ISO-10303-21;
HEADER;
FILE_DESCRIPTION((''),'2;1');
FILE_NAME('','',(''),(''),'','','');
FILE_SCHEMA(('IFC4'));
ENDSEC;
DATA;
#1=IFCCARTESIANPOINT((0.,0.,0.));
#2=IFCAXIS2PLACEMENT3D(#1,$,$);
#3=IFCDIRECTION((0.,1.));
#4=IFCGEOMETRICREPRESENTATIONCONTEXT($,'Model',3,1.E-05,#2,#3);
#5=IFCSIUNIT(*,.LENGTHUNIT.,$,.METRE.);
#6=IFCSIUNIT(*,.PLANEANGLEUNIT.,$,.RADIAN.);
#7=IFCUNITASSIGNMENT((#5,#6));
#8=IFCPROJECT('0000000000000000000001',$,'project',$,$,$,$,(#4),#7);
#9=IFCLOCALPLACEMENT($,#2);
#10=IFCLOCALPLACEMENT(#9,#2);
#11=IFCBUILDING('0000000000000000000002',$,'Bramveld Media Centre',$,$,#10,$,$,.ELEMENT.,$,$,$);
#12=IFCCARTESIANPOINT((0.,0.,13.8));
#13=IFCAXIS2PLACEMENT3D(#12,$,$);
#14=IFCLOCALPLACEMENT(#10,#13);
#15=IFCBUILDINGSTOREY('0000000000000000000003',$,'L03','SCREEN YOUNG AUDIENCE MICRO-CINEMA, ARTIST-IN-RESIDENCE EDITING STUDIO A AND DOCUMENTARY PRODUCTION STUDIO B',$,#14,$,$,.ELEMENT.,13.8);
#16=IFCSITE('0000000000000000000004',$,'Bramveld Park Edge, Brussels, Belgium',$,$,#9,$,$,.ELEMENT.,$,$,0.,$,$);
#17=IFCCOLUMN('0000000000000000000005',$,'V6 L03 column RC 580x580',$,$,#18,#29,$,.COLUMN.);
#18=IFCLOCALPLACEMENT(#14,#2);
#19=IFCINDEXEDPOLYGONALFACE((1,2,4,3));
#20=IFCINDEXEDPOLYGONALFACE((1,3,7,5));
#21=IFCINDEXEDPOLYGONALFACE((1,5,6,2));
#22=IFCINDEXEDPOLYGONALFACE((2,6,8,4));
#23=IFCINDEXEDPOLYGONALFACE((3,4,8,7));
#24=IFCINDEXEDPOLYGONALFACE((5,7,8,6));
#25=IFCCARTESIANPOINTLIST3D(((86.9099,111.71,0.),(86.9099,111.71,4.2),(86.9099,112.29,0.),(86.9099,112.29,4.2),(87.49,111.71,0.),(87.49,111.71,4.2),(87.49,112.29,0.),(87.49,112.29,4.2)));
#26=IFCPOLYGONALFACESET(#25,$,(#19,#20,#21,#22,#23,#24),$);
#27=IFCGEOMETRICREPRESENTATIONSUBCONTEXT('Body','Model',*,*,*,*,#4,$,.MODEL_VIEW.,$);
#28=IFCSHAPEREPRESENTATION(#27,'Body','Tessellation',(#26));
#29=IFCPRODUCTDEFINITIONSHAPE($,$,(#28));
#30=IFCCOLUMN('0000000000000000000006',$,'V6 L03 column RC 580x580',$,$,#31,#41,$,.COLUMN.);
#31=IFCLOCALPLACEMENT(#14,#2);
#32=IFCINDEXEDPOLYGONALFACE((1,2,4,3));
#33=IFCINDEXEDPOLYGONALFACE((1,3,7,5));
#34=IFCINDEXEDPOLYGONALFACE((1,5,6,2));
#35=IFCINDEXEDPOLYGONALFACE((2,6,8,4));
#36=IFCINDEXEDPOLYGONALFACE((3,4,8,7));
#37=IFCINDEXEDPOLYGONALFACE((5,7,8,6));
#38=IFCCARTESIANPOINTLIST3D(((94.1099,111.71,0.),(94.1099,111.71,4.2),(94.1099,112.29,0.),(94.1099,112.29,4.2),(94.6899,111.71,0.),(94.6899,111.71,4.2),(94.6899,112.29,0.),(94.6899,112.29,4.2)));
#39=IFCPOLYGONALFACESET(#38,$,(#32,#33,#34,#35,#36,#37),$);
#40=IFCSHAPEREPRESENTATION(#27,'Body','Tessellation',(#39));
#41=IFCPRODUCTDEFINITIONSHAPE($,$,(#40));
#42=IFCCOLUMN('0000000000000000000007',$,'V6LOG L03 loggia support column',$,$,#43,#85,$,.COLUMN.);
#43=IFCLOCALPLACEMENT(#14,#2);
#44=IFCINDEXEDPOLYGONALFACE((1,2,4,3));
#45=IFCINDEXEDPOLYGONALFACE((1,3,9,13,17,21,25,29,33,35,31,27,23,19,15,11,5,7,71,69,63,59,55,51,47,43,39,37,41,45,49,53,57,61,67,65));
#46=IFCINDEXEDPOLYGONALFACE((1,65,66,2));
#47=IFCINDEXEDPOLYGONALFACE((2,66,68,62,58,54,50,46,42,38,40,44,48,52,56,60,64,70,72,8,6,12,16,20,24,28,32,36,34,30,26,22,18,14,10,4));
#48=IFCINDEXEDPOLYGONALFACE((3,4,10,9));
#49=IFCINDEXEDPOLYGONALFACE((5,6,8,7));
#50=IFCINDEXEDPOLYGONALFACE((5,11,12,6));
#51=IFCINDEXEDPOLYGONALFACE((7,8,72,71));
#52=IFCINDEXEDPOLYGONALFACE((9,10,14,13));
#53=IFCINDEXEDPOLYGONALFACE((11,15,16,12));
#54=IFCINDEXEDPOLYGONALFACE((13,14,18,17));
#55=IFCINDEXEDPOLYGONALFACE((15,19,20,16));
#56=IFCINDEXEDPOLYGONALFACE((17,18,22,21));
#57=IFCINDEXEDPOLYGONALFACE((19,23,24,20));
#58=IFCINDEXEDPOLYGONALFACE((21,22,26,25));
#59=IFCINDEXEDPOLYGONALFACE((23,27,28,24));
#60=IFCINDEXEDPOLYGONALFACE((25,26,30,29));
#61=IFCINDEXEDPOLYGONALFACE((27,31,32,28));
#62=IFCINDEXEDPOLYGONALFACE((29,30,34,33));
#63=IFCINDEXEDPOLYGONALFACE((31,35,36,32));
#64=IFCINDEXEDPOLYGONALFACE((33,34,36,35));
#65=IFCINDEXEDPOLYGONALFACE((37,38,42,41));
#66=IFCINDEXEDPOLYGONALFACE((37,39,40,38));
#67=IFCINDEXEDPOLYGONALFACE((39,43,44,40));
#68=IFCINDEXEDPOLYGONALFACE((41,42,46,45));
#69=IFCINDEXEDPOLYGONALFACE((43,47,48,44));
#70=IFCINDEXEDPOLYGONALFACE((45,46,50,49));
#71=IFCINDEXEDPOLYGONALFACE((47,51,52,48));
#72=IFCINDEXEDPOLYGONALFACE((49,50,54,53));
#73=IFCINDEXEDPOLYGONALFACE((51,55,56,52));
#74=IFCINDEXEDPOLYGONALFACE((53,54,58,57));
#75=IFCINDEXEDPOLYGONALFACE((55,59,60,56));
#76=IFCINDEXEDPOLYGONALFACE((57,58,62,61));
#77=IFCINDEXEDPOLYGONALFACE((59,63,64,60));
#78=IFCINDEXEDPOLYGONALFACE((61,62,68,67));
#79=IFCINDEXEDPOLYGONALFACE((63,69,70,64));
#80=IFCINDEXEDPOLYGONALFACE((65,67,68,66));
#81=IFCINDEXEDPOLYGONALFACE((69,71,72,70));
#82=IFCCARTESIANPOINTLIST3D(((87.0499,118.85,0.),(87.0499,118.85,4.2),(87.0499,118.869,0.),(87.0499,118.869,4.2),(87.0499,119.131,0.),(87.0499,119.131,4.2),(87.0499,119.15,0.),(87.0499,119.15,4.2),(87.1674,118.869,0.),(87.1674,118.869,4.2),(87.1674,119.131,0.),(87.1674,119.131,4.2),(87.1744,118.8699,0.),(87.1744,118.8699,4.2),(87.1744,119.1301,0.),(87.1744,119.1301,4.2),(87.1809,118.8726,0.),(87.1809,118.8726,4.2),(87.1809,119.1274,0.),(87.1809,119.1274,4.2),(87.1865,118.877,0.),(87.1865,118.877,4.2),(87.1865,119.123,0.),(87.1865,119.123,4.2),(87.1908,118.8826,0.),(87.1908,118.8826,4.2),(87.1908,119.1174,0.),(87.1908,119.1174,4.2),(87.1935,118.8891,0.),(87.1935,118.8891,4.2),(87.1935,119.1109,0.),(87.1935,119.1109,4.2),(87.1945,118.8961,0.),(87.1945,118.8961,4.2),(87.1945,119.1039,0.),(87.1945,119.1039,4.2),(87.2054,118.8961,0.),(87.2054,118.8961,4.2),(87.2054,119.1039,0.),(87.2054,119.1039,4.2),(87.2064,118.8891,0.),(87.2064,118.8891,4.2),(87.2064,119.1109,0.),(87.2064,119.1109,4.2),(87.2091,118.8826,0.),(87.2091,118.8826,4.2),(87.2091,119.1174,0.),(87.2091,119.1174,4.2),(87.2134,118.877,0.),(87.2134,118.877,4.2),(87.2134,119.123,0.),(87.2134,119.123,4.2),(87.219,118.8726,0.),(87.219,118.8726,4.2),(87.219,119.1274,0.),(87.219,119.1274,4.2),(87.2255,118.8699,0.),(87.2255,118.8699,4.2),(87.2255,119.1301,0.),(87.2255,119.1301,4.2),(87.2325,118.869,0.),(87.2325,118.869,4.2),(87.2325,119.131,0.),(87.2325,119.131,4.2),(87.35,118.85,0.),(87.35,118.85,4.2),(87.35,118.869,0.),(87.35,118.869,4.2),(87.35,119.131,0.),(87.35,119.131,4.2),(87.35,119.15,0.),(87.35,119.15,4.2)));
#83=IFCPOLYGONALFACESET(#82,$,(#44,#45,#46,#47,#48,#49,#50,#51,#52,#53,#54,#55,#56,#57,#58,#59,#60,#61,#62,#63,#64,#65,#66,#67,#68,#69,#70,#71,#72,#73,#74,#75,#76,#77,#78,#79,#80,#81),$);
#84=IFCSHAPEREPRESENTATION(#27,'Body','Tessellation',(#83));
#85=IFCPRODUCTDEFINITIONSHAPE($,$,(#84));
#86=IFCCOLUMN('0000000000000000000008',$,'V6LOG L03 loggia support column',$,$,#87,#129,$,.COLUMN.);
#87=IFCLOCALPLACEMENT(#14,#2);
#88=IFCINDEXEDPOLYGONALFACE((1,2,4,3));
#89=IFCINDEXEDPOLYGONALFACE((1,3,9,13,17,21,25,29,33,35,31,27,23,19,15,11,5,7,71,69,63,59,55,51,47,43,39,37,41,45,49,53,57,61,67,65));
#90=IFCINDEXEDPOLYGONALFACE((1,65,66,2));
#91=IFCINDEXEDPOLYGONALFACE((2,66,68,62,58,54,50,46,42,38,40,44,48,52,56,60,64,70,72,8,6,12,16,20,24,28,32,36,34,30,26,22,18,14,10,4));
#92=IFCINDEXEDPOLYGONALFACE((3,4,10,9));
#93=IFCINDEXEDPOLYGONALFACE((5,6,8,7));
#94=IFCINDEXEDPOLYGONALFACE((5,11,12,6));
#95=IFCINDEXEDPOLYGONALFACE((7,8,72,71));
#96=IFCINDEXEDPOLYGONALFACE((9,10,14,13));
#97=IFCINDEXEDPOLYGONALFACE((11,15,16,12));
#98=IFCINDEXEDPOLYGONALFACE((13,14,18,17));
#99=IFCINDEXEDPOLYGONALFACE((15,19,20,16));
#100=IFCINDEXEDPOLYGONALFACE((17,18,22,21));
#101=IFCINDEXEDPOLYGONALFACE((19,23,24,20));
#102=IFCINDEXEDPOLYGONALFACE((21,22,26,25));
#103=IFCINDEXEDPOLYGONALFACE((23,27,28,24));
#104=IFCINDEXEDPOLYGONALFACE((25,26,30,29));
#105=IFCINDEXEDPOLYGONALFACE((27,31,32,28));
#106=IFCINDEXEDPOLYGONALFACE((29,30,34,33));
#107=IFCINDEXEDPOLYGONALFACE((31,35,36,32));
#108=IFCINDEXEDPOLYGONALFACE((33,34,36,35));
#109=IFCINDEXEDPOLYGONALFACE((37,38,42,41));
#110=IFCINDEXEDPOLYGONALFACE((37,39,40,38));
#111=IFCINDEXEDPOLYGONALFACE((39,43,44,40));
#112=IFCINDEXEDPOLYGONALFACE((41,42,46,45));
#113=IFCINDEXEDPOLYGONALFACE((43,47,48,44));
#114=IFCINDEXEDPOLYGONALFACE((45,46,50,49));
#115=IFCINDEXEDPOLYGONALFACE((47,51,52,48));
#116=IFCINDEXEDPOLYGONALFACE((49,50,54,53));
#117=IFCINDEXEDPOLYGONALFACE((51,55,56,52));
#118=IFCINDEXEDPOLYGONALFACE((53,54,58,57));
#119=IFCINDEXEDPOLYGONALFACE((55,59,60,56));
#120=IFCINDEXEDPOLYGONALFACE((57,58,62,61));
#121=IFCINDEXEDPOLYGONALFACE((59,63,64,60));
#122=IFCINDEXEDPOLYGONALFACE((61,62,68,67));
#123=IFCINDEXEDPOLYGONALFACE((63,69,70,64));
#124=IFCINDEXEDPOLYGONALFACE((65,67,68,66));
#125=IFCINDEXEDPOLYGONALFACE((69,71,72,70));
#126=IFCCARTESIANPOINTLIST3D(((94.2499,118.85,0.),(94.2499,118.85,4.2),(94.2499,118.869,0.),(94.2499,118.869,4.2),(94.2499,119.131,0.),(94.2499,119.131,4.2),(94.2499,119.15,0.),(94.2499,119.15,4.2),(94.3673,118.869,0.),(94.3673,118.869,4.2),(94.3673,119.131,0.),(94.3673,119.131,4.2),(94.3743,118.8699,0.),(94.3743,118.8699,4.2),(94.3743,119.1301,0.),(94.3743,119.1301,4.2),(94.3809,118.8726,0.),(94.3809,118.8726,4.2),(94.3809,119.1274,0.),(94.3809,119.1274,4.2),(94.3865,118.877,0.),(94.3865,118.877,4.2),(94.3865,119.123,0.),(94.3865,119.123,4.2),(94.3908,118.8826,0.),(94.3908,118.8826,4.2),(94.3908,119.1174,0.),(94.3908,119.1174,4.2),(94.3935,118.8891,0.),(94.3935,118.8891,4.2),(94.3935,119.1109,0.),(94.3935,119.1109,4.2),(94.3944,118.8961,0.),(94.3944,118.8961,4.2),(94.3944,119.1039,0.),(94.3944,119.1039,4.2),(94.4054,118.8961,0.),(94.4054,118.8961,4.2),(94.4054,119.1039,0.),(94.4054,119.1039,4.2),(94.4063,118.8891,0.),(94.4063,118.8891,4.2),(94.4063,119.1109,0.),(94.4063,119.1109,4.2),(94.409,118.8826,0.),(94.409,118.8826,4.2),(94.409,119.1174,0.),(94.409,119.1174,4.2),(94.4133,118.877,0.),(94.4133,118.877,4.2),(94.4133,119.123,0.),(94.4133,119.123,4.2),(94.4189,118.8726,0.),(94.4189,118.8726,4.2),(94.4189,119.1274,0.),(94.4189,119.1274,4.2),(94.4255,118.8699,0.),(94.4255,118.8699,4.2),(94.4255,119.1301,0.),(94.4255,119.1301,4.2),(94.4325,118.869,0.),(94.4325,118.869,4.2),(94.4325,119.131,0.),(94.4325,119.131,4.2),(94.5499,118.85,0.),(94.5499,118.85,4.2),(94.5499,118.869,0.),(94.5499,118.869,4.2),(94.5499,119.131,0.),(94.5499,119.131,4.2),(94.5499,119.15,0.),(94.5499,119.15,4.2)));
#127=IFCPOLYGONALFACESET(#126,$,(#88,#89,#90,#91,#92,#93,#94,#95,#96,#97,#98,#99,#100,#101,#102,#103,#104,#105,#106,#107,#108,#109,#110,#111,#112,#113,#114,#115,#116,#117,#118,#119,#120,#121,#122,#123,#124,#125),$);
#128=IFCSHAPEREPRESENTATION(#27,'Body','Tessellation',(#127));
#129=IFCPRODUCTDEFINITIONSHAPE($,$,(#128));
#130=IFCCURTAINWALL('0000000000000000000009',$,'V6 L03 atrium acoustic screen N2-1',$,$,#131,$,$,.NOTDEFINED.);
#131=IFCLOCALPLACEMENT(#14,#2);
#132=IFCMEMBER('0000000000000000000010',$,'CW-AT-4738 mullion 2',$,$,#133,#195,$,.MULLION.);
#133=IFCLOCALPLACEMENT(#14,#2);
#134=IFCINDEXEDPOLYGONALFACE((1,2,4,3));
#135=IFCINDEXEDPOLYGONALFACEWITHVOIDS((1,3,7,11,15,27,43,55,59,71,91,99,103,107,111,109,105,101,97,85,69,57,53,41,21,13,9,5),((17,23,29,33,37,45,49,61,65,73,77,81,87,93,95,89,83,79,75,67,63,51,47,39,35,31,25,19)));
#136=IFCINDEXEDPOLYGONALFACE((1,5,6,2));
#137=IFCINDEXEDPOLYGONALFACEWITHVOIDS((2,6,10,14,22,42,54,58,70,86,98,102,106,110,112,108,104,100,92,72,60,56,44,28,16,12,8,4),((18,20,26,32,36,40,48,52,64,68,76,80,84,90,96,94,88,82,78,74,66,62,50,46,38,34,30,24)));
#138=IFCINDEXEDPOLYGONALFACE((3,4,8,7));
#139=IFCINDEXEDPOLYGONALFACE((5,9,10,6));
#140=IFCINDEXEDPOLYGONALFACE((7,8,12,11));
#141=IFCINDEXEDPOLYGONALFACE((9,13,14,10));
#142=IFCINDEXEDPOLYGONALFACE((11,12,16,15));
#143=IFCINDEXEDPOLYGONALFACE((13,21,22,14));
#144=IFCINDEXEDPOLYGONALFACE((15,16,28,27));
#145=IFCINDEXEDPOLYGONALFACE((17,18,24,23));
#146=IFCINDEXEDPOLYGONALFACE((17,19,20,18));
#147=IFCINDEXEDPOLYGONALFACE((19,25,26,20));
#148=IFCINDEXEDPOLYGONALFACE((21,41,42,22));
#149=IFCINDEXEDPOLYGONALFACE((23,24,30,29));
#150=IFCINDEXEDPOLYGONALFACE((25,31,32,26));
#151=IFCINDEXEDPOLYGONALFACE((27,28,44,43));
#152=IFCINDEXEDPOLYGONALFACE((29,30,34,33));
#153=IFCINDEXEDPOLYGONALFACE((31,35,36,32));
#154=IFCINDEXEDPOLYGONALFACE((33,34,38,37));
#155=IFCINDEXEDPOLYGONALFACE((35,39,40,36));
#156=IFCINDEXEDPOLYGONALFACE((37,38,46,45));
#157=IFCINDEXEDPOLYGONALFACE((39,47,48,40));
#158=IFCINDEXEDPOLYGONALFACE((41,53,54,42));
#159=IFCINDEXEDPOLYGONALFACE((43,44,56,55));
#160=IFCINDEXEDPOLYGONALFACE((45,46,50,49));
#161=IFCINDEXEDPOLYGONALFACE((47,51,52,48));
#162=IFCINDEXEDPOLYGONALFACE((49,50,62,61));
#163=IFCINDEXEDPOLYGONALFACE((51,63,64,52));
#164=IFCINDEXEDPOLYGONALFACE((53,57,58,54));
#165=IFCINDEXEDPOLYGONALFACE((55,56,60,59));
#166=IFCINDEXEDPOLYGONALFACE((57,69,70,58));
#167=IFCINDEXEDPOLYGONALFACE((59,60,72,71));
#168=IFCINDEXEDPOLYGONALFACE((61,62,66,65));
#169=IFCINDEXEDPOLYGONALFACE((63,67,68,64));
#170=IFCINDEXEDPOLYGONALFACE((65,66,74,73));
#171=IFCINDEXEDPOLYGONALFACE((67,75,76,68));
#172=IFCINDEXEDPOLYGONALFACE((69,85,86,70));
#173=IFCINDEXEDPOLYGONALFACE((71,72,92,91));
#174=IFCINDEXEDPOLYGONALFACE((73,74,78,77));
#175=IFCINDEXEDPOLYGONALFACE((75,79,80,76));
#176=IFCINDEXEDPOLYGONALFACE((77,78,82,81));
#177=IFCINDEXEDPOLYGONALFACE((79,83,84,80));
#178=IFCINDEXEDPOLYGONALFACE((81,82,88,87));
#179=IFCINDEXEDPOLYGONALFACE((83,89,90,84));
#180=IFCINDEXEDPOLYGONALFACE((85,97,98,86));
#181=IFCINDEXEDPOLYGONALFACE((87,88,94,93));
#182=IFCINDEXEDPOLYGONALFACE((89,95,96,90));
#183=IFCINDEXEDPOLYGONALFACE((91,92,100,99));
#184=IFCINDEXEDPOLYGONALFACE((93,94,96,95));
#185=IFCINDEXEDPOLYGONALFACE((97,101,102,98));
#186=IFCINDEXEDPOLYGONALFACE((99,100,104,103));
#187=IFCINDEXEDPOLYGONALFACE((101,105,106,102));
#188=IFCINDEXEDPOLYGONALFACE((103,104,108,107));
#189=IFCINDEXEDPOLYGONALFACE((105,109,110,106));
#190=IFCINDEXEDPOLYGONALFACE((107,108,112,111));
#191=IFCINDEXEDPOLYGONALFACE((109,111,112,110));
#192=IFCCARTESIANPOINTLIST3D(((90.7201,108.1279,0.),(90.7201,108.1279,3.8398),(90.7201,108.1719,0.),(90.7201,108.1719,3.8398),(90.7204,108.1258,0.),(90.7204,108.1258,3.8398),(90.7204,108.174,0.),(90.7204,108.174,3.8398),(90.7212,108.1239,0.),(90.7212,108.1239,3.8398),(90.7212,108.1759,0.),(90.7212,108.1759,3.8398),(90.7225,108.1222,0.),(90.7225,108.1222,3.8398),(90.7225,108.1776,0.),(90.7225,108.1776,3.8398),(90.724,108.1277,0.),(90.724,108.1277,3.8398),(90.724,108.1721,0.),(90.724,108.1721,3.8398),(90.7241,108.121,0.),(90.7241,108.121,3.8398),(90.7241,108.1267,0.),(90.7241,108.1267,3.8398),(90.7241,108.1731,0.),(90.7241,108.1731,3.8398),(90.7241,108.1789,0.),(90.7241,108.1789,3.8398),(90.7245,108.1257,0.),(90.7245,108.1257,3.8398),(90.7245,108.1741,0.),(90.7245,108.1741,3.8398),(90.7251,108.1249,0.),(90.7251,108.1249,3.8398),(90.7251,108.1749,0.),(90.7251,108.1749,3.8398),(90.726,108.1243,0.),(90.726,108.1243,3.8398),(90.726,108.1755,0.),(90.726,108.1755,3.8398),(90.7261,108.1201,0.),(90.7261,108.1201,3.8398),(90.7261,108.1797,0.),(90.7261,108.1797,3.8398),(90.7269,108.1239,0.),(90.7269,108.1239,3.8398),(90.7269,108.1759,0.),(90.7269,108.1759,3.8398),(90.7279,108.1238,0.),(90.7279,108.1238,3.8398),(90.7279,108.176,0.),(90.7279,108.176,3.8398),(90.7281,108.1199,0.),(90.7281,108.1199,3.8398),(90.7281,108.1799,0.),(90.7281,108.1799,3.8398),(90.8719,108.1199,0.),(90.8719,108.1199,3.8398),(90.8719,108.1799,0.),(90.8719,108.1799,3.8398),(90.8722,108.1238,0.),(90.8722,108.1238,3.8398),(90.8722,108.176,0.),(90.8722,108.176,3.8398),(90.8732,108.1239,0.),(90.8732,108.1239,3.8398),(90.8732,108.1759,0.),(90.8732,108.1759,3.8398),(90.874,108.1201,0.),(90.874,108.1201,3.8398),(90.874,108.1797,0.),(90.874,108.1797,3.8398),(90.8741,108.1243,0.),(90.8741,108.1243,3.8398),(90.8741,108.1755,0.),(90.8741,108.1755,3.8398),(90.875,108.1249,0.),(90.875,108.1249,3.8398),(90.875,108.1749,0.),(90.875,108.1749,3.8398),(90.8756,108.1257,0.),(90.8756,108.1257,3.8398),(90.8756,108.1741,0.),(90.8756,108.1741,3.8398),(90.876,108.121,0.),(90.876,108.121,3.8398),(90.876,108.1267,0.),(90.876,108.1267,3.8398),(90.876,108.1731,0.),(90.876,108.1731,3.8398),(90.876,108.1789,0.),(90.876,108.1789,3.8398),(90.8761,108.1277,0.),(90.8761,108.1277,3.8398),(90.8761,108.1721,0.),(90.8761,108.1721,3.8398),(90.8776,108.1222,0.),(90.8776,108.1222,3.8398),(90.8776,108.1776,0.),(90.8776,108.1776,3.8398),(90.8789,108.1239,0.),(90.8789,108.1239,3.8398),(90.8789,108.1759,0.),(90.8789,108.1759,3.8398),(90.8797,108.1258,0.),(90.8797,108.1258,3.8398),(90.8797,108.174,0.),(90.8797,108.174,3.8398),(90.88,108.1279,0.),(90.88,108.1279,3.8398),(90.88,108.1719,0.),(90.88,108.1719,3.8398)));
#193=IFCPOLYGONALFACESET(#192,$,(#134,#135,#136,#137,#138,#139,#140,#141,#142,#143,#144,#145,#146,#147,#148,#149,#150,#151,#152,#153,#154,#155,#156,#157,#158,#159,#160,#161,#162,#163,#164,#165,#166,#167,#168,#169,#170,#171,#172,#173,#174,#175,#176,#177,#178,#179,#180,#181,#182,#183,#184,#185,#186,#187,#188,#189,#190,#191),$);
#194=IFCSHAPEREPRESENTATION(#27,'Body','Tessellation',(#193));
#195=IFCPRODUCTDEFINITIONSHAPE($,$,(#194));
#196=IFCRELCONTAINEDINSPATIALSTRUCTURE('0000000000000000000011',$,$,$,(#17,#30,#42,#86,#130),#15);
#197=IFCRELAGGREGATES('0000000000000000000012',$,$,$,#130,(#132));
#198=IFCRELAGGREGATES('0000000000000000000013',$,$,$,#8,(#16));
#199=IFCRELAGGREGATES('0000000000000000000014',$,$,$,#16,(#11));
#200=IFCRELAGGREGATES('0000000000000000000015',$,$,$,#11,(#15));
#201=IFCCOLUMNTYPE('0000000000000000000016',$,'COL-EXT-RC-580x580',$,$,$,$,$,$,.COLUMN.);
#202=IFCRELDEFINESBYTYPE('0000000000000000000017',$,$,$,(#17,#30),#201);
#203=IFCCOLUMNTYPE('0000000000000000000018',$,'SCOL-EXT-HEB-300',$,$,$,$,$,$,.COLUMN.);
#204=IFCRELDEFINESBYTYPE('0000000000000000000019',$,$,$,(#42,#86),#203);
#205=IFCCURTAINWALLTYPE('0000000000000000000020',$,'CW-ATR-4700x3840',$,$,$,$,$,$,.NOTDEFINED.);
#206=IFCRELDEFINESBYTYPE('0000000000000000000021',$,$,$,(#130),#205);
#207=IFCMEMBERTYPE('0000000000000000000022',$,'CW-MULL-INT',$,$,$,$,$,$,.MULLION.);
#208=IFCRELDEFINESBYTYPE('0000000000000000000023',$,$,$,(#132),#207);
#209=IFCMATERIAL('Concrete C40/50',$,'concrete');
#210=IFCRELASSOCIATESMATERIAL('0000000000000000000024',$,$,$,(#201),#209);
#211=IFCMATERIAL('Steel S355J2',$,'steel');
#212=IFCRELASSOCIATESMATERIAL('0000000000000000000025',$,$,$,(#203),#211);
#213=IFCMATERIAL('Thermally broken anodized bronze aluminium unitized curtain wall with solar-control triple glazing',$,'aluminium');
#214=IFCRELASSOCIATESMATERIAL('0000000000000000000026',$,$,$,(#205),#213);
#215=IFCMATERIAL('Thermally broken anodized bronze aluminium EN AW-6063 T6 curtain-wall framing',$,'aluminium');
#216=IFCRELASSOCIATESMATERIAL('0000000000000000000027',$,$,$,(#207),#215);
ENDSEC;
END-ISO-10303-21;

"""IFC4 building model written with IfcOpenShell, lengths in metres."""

from ifc_helpers import new_model, si_unit, direction, frame, origin, origin_2d, place, context, subcontext, project, spatial, rectangle, hollow_rectangle, i_section, extrude, material, material_profile, profile_set, type_object, element, aggregate, save


model = new_model("IFC4")

# Units and contexts
model_context = context("Model", 3, precision=1e-05, world=origin(), true_north=direction((0.0, 1.0)))
body_context = subcontext(model_context, "Body", "Model", "MODEL_VIEW")
ifc_project = project(units=[si_unit("LENGTHUNIT", "METRE"), si_unit("PLANEANGLEUNIT", "RADIAN")], contexts=[model_context])

# Site, building, storey
site_placement = place(None, origin())
site = spatial("IfcSite", under=ifc_project, at=site_placement, Name="Bramveld Park Edge, Brussels, Belgium", CompositionType="ELEMENT", RefElevation=0.0)
building_placement = place(site_placement, origin())
building = spatial("IfcBuilding", under=site, at=building_placement, Name="Bramveld Media Centre", CompositionType="ELEMENT")
storey_placement = place(building_placement, frame((0.0, 0.0, 13.8)))
storey = spatial("IfcBuildingStorey", under=building, at=storey_placement, Name="L03", Description="SCREEN YOUNG AUDIENCE MICRO-CINEMA, ARTIST-IN-RESIDENCE EDITING STUDIO A AND DOCUMENTARY PRODUCTION STUDIO B", CompositionType="ELEMENT", Elevation=13.8)

# Columns
ifc_material_1 = material(Name="Concrete C40/50", Category="concrete")
ifc_material_profile_1 = material_profile(ifc_material_1, rectangle(XDim=0.5801, YDim=0.5801, at=origin_2d()), Name="RC 580x580")
ifc_profile_set_1 = profile_set([ifc_material_profile_1], Name="Concrete C40/50")
column_type_1 = type_object("IfcColumnType", Name="COL-EXT-RC-580x580", PredefinedType="COLUMN", material=ifc_profile_set_1)
for number, where, z_axis, x_axis, name in (
    (1, (87.2, 112.0, 0.0), (0.0, 0.0, 1.0), (1.0, 0.0, 0.0), "V6 L03 column RC 580x580"),
    (2, (94.3999, 112.0, 0.0), (0.0, 0.0, 1.0), (1.0, 0.0, 0.0), "V6 L03 column RC 580x580"),
):
    element("IfcColumn", number, at=place(storey_placement, frame(where, z_axis=z_axis, x_axis=x_axis)), inside=storey, type_object=column_type_1, Name=name, PredefinedType="COLUMN", context=body_context, shape_type="SweptSolid", body=[
        extrude(rectangle(XDim=0.5801, YDim=0.5801, at=origin_2d()), origin(), (0.0, 0.0, 1.0), 4.2),
    ])
ifc_material_2 = material(Name="Steel S355J2", Category="steel")
ifc_material_profile_2 = material_profile(ifc_material_2, i_section(OverallWidth=0.3, OverallDepth=0.3, WebThickness=0.011, FlangeThickness=0.019, FilletRadius=0.0271, at=origin_2d()), Name="HEB 300")
ifc_profile_set_2 = profile_set([ifc_material_profile_2], Name="Steel S355J2")
column_type_2 = type_object("IfcColumnType", Name="SCOL-EXT-HEB-300", PredefinedType="COLUMN", material=ifc_profile_set_2)
for number, where, z_axis, x_axis, name in (
    (3, (87.2, 119.0, 0.0), (0.0, 0.0, 1.0), (1.0, 0.0, 0.0), "V6LOG L03 loggia support column"),
    (4, (94.3999, 119.0, 0.0), (0.0, 0.0, 1.0), (1.0, 0.0, 0.0), "V6LOG L03 loggia support column"),
):
    element("IfcColumn", number, at=place(storey_placement, frame(where, z_axis=z_axis, x_axis=x_axis)), inside=storey, type_object=column_type_2, Name=name, PredefinedType="COLUMN", context=body_context, shape_type="SweptSolid", body=[
        extrude(i_section(OverallWidth=0.3, OverallDepth=0.3, WebThickness=0.011, FlangeThickness=0.019, FilletRadius=0.0271, at=origin_2d()), origin(), (0.0, 0.0, 1.0), 4.2),
    ])

# Curtain wall, member
ifc_material_3 = material(Name="Thermally broken anodized bronze aluminium unitized curtain wall with solar-control triple glazing", Category="aluminium")
curtain_wall_type = type_object("IfcCurtainWallType", Name="CW-ATR-4700x3840", PredefinedType="NOTDEFINED", material=ifc_material_3)
curtain_wall_placement = place(storey_placement, origin())
curtain_wall = element("IfcCurtainWall", 5, at=curtain_wall_placement, inside=storey, type_object=curtain_wall_type, Name="V6 L03 atrium acoustic screen N2-1", PredefinedType="NOTDEFINED")
ifc_material_4 = material(Name="Thermally broken anodized bronze aluminium EN AW-6063 T6 curtain-wall framing", Category="aluminium")
ifc_material_profile_3 = material_profile(ifc_material_4, hollow_rectangle(XDim=0.0601, YDim=0.1599, WallThickness=0.0039, InnerFilletRadius=0.0039, OuterFilletRadius=0.0081, at=origin_2d()), Name="AL-MULL 60x160")
ifc_profile_set_3 = profile_set([ifc_material_profile_3], Name="Thermally broken anodized bronze aluminium EN AW-6063 T6 curtain-wall framing")
member_type_1 = type_object("IfcMemberType", Name="CW-MULL-INT", PredefinedType="MULLION", material=ifc_profile_set_3)
member_1_placement = place(storey_placement, frame((90.8, 108.1499, 0.0), z_axis=(0.0, 0.0, 1.0), x_axis=(0.0, 1.0, 0.0)))
member_1 = element("IfcMember", 6, at=member_1_placement, type_object=member_type_1, Name="CW-AT-4738 mullion 2", PredefinedType="MULLION", context=body_context, shape_type="SweptSolid", body=[
    extrude(hollow_rectangle(XDim=0.0601, YDim=0.1599, WallThickness=0.0039, InnerFilletRadius=0.0039, OuterFilletRadius=0.0081, at=origin_2d()), origin(), (0.0, 0.0, 1.0), 3.8398),
])

aggregate(curtain_wall, [member_1])

save(model, "model.ifc")
